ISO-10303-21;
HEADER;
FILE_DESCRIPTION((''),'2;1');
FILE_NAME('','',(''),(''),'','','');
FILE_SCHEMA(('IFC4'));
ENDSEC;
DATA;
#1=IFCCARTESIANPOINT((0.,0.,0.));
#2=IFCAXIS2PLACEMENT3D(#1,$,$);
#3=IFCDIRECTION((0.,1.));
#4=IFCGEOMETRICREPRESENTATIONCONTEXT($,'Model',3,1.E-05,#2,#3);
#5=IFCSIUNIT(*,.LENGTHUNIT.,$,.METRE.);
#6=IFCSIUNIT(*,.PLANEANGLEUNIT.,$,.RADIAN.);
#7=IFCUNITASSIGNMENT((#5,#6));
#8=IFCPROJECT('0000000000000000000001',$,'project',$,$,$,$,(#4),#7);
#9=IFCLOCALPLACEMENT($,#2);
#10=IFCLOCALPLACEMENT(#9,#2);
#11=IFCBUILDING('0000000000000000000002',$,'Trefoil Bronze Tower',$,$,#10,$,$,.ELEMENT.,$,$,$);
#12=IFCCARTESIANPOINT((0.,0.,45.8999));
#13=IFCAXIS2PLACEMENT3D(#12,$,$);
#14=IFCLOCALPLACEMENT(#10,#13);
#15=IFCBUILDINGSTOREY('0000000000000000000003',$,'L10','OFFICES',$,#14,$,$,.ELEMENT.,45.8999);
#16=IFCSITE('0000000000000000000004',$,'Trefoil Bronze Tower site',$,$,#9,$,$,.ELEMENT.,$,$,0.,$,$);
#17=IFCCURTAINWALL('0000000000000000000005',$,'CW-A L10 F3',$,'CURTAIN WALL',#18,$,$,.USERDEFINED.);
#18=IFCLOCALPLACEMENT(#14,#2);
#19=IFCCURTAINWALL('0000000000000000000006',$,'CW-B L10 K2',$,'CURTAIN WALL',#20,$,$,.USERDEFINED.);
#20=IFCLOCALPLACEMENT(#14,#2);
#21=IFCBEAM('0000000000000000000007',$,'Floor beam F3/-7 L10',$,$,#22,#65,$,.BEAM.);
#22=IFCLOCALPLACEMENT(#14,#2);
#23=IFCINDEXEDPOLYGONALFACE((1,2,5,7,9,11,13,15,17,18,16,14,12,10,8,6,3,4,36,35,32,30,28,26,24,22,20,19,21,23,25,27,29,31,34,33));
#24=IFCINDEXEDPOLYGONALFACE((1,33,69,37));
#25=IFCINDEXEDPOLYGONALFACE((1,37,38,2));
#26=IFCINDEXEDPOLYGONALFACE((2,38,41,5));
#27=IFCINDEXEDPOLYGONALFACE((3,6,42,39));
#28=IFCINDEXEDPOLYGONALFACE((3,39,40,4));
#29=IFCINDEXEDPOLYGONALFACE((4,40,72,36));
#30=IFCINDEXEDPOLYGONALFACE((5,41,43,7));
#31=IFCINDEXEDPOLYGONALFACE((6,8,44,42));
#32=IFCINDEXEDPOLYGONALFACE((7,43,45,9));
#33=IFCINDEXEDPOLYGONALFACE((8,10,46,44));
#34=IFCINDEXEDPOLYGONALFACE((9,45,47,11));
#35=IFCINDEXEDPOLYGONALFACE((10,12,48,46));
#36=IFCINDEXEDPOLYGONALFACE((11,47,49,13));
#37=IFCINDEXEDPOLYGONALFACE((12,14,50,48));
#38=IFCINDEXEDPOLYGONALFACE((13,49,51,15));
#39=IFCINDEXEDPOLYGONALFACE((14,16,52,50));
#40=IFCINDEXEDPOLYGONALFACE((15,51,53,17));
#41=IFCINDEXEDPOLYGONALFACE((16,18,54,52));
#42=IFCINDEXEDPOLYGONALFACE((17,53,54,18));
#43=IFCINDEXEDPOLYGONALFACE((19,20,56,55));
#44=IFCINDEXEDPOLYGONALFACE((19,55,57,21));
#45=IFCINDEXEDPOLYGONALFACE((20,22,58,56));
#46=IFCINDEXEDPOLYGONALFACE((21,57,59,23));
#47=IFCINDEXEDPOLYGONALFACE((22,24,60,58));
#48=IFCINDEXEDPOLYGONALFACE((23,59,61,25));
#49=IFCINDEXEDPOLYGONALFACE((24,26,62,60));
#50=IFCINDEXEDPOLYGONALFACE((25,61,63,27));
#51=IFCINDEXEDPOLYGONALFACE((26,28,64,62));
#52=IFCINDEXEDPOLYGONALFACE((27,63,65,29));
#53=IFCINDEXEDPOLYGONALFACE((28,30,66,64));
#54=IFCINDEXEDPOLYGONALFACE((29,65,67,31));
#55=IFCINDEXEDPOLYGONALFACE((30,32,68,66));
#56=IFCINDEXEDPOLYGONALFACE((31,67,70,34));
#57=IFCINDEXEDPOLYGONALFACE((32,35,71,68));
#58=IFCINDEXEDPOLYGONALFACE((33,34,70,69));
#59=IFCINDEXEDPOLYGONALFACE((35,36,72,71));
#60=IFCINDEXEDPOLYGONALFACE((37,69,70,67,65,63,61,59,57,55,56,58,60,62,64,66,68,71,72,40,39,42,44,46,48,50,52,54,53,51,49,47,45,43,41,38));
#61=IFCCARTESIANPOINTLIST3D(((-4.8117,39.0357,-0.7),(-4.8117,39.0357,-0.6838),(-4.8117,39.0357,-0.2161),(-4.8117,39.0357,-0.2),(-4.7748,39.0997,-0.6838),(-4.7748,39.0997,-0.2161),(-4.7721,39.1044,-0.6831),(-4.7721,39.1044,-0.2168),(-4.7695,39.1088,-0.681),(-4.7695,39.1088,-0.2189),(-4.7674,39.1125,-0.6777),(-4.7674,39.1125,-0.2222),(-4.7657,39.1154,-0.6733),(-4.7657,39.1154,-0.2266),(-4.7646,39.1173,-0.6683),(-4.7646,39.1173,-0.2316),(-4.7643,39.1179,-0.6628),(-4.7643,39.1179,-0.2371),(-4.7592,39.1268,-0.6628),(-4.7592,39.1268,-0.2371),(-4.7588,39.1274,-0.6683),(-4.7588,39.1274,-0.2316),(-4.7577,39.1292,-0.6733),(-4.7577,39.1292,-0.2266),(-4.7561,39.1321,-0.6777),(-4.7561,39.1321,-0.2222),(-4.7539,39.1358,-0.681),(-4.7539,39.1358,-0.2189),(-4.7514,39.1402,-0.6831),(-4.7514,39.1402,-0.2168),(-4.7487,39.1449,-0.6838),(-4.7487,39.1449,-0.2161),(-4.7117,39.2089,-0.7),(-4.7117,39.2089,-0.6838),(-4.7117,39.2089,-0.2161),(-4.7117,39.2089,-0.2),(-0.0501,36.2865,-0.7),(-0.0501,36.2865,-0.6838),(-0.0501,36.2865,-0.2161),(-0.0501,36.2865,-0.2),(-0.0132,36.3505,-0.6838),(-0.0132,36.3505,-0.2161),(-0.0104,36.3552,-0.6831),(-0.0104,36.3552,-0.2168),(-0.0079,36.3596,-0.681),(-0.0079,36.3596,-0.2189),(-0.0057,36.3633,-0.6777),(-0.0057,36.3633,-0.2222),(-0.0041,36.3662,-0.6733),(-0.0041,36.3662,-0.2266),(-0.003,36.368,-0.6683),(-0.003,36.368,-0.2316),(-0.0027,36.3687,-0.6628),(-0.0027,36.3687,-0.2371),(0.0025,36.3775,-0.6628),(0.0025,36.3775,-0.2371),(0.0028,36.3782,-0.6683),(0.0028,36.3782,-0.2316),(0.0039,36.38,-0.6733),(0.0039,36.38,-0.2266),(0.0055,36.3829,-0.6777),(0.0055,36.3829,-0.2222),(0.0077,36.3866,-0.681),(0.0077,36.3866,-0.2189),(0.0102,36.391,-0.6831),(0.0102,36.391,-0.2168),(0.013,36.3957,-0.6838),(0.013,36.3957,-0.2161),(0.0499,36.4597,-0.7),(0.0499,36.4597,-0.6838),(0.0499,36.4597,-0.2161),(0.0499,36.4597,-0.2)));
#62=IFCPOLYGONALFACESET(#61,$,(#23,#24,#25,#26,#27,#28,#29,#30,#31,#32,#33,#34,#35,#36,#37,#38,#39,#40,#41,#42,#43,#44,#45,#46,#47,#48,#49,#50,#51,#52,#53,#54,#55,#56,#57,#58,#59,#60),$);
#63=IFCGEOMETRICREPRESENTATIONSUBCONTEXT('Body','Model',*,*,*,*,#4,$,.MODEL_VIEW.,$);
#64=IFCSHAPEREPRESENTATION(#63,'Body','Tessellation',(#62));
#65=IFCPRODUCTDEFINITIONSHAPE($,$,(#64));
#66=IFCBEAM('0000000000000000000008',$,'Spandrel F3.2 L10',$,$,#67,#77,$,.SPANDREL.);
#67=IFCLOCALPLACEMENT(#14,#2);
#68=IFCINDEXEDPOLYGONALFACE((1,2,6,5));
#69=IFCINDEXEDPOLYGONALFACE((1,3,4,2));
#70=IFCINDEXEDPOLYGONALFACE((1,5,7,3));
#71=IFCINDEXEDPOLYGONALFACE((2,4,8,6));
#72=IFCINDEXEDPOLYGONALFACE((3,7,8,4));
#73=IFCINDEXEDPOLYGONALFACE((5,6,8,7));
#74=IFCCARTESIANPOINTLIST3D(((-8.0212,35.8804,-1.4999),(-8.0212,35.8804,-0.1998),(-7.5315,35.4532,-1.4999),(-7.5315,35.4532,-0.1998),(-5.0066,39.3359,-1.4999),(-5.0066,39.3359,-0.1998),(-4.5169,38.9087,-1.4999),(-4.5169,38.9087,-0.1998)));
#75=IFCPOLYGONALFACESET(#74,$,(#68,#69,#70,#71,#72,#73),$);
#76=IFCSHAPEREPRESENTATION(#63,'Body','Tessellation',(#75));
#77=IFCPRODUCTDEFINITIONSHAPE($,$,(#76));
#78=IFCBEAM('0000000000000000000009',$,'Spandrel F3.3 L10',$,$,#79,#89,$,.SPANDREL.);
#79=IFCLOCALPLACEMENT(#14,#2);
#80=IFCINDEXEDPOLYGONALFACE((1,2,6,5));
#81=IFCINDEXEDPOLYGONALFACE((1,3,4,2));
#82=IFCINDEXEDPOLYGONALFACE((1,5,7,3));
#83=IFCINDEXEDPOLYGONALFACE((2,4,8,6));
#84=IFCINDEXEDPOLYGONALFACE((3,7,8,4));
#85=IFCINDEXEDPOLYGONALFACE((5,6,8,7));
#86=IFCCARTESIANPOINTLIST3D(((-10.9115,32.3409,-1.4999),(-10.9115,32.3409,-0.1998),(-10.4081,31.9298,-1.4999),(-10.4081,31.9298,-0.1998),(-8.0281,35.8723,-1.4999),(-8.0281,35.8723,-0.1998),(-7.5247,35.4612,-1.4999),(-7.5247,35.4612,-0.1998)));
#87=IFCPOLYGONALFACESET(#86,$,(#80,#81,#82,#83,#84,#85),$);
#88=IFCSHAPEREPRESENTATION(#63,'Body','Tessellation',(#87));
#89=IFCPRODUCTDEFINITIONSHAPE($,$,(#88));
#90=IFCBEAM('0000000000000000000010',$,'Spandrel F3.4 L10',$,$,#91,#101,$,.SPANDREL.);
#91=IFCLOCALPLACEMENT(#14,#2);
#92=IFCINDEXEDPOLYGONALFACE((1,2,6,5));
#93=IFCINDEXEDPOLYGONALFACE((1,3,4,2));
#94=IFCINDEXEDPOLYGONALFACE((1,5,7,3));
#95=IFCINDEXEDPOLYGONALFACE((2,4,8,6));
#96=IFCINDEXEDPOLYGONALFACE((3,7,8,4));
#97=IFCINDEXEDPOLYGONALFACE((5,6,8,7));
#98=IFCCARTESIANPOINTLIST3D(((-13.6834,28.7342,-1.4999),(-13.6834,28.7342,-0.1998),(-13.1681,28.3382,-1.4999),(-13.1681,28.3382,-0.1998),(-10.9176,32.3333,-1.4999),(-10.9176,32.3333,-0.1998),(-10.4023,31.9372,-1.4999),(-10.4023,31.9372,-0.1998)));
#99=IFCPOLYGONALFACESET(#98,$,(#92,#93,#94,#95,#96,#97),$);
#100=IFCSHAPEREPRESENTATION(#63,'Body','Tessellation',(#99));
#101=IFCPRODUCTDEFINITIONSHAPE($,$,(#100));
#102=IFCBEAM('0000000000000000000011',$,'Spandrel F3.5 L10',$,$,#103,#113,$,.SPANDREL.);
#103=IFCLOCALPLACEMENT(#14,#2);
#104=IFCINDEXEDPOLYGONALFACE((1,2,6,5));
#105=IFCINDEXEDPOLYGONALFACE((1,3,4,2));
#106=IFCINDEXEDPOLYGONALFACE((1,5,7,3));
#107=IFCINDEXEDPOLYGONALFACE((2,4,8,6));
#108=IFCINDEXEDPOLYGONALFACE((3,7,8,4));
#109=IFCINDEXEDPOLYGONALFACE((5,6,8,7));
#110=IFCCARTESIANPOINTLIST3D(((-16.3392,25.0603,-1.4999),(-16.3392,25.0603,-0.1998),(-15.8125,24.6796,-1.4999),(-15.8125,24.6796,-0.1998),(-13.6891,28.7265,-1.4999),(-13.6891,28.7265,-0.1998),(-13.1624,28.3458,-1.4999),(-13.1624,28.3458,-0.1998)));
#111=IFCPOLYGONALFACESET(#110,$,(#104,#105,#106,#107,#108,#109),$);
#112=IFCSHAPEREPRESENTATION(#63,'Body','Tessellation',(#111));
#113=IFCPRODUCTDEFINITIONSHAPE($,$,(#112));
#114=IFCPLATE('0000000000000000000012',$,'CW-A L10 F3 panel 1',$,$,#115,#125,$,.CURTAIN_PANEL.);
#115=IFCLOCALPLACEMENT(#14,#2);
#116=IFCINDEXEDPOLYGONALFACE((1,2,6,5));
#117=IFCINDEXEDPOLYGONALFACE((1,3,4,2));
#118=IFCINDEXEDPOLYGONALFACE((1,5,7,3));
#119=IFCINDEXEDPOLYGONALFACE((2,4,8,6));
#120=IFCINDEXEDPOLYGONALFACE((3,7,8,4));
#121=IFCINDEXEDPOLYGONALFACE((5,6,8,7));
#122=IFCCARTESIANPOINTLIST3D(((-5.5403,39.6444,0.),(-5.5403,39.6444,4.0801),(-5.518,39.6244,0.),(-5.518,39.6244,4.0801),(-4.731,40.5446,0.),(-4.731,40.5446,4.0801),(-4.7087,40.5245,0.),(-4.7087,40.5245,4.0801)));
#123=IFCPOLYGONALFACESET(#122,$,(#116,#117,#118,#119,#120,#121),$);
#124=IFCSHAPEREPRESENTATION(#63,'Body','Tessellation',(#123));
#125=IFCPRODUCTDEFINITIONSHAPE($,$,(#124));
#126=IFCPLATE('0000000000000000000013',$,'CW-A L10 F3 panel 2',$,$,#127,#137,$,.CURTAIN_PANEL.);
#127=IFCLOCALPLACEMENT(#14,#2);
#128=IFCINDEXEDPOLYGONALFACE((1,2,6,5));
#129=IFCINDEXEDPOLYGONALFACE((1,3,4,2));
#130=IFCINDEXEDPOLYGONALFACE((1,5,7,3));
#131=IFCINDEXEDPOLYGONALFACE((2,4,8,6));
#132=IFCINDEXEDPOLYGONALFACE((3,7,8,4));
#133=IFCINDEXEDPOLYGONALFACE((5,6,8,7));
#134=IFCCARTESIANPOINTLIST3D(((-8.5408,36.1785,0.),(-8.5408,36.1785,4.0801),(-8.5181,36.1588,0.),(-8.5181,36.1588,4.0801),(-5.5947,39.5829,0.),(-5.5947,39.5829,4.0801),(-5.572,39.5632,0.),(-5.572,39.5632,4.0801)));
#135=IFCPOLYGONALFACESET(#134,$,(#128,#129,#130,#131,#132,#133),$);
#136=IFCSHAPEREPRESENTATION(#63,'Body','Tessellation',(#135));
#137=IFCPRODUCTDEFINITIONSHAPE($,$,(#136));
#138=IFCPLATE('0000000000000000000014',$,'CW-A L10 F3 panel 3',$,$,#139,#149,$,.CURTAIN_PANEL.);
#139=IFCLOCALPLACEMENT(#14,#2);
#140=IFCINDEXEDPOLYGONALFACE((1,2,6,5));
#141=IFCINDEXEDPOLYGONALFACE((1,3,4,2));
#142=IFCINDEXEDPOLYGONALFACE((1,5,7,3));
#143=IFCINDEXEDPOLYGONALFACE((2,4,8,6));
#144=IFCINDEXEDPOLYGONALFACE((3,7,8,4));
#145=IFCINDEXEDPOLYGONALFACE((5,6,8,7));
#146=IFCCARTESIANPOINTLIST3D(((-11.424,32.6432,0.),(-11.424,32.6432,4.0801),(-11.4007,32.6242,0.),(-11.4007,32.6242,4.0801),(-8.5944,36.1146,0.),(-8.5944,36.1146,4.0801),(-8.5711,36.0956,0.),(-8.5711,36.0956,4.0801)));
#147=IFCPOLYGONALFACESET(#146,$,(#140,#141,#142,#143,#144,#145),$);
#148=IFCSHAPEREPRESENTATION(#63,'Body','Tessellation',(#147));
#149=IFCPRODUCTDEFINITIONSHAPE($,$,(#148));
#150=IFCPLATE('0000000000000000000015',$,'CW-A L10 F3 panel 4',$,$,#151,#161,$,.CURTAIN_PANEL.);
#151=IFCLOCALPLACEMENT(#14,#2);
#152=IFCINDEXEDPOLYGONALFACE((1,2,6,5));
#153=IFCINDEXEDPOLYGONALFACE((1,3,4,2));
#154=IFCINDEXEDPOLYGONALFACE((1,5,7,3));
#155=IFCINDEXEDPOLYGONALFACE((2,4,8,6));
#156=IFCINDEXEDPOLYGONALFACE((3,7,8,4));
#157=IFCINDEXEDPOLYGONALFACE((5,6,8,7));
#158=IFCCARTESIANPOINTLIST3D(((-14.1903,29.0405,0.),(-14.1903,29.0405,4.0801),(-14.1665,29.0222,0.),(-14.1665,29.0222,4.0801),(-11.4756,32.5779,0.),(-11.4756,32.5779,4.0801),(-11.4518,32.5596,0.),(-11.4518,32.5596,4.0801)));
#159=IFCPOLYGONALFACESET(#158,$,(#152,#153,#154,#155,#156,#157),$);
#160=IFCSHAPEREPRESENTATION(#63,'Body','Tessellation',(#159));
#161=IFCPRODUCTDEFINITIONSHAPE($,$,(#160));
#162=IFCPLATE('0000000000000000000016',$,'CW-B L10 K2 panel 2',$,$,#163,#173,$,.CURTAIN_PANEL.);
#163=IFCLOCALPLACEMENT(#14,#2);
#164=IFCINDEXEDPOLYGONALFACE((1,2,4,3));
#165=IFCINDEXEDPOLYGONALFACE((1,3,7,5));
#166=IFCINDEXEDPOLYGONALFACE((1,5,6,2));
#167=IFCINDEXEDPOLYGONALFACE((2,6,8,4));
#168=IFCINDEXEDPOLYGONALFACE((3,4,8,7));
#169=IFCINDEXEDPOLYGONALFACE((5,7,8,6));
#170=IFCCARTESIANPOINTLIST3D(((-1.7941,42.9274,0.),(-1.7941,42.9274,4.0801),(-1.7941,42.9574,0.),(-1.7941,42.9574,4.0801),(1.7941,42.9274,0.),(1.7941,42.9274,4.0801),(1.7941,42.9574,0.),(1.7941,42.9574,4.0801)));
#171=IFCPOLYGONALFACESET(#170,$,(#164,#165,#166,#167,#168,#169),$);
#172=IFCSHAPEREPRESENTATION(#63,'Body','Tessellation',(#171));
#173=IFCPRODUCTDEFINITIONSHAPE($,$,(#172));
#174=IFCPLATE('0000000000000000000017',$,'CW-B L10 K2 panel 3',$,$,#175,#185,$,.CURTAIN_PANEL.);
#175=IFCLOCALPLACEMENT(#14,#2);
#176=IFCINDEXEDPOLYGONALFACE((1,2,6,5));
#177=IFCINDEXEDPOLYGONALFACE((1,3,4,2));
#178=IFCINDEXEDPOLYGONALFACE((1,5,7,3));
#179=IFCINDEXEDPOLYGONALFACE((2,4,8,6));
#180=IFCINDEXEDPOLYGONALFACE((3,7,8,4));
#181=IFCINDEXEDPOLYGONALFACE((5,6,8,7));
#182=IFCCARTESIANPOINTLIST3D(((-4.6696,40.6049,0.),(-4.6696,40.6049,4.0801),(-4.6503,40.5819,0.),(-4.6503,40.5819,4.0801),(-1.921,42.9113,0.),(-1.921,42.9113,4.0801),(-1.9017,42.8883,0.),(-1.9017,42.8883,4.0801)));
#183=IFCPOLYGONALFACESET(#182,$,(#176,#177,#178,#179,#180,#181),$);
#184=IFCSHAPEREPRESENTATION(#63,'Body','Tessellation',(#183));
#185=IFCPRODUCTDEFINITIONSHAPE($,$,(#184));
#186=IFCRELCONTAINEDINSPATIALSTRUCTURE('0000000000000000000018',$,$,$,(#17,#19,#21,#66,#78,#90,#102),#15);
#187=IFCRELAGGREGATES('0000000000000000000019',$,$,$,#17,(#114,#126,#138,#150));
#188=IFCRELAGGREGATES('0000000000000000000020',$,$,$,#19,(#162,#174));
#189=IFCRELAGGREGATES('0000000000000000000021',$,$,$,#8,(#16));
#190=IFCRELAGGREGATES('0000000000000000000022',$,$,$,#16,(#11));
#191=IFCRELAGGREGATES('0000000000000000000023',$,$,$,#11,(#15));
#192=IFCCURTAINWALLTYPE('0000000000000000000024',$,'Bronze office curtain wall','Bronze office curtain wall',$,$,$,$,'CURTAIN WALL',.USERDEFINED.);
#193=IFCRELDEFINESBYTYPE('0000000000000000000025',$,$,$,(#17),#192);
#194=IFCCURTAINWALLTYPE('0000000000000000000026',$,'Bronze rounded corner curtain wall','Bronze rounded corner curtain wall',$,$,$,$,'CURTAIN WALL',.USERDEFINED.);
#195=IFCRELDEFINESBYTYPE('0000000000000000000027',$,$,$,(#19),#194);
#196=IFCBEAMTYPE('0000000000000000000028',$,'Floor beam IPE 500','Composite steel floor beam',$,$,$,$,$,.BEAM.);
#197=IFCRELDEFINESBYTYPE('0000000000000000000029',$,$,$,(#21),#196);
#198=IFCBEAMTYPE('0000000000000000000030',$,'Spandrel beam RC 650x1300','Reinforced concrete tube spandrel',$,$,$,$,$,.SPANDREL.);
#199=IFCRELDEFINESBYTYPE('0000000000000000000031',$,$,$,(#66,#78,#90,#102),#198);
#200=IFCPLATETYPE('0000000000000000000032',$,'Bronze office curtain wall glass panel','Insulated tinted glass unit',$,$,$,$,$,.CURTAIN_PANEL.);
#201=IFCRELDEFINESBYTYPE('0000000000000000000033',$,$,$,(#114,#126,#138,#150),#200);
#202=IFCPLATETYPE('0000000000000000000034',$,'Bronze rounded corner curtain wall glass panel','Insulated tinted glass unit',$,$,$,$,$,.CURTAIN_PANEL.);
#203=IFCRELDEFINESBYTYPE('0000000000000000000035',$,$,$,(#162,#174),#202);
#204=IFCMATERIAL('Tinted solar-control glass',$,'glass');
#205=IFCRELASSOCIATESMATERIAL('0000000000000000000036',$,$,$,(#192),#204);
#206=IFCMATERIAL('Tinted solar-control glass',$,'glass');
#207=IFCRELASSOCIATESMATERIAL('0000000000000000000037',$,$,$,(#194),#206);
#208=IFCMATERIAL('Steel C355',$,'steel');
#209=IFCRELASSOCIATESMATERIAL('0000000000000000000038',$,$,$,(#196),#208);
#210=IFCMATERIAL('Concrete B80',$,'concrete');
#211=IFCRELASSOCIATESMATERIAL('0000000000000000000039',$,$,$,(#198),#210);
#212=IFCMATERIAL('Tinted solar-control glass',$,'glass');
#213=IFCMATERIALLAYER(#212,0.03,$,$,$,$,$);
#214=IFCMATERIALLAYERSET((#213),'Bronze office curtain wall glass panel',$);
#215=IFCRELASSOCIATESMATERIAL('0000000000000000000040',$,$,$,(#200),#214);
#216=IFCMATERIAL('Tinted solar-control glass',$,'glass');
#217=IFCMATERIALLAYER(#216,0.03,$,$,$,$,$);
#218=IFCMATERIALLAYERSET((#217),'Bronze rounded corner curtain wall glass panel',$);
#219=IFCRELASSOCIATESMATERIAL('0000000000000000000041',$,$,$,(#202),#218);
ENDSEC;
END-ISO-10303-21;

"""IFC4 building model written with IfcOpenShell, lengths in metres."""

from ifc_helpers import new_model, si_unit, direction, frame, origin, origin_2d, place, context, subcontext, project, spatial, rectangle, i_section, extrude, material, layer, layer_set, material_profile, profile_set, type_object, element, aggregate, save


model = new_model("IFC4")

# Units and contexts
model_context = context("Model", 3, precision=1e-05, world=origin(), true_north=direction((0.0, 1.0)))
body_context = subcontext(model_context, "Body", "Model", "MODEL_VIEW")
ifc_project = project(units=[si_unit("LENGTHUNIT", "METRE"), si_unit("PLANEANGLEUNIT", "RADIAN")], contexts=[model_context])

# Site, building, storey
site_placement = place(None, origin())
site = spatial("IfcSite", under=ifc_project, at=site_placement, Name="Trefoil Bronze Tower site", CompositionType="ELEMENT", RefElevation=0.0)
building_placement = place(site_placement, origin())
building = spatial("IfcBuilding", under=site, at=building_placement, Name="Trefoil Bronze Tower", CompositionType="ELEMENT")
storey_placement = place(building_placement, frame((0.0, 0.0, 45.8999)))
storey = spatial("IfcBuildingStorey", under=building, at=storey_placement, Name="L10", Description="OFFICES", CompositionType="ELEMENT", Elevation=45.8999)

# Curtain walls
ifc_material_1 = material(Name="Tinted solar-control glass", Category="glass")
curtain_wall_type_1 = type_object("IfcCurtainWallType", Name="Bronze office curtain wall", Description="Bronze office curtain wall", ElementType="CURTAIN WALL", PredefinedType="USERDEFINED", material=ifc_material_1)
curtain_wall_1_placement = place(storey_placement, origin())
curtain_wall_1 = element("IfcCurtainWall", 1, at=curtain_wall_1_placement, inside=storey, type_object=curtain_wall_type_1, Name="CW-A L10 F3", ObjectType="CURTAIN WALL", PredefinedType="USERDEFINED")
ifc_material_2 = material(Name="Tinted solar-control glass", Category="glass")
curtain_wall_type_2 = type_object("IfcCurtainWallType", Name="Bronze rounded corner curtain wall", Description="Bronze rounded corner curtain wall", ElementType="CURTAIN WALL", PredefinedType="USERDEFINED", material=ifc_material_2)
curtain_wall_2_placement = place(storey_placement, origin())
curtain_wall_2 = element("IfcCurtainWall", 2, at=curtain_wall_2_placement, inside=storey, type_object=curtain_wall_type_2, Name="CW-B L10 K2", ObjectType="CURTAIN WALL", PredefinedType="USERDEFINED")

# Beams
ifc_material_3 = material(Name="Steel C355", Category="steel")
ifc_material_profile_1 = material_profile(ifc_material_3, i_section(OverallWidth=0.2, OverallDepth=0.5, WebThickness=0.0103, FlangeThickness=0.0161, FilletRadius=0.021, at=origin_2d()), Name="IPE 500")
ifc_profile_set_1 = profile_set([ifc_material_profile_1], Name="Steel C355")
beam_type_1 = type_object("IfcBeamType", Name="Floor beam IPE 500", Description="Composite steel floor beam", PredefinedType="BEAM", material=ifc_profile_set_1)
beam_1_placement = place(storey_placement, frame((-4.7617, 39.1223, -0.45), z_axis=(0.866018, -0.500012, 0.0), x_axis=(0.500012, 0.866018, 0.0)))
element("IfcBeam", 3, at=beam_1_placement, inside=storey, type_object=beam_type_1, Name="Floor beam F3/-7 L10", PredefinedType="BEAM", context=body_context, shape_type="SweptSolid", body=[
    extrude(i_section(OverallWidth=0.2, OverallDepth=0.5, WebThickness=0.0103, FlangeThickness=0.0161, FilletRadius=0.021, at=origin_2d()), origin(), (0.0, 0.0, 1.0), 5.4983),
])
ifc_material_4 = material(Name="Concrete B80", Category="concrete")
ifc_material_profile_2 = material_profile(ifc_material_4, rectangle(XDim=0.6499, YDim=1.3, at=origin_2d()), Name="RC 650x1300")
ifc_profile_set_2 = profile_set([ifc_material_profile_2], Name="Concrete B80")
beam_type_2 = type_object("IfcBeamType", Name="Spandrel beam RC 650x1300", Description="Reinforced concrete tube spandrel", PredefinedType="SPANDREL", material=ifc_profile_set_2)
beam_2_placement = place(storey_placement, frame((-4.7617, 39.1223, -0.8499), z_axis=(-0.657396, -0.753545, 0.0), x_axis=(0.753545, -0.657396, 0.0)))
element("IfcBeam", 4, at=beam_2_placement, inside=storey, type_object=beam_type_2, Name="Spandrel F3.2 L10", PredefinedType="SPANDREL", context=body_context, shape_type="SweptSolid", body=[
    extrude(rectangle(XDim=0.6499, YDim=1.3, at=origin_2d()), origin(), (0.0, 0.0, 1.0), 4.5857),
])
beam_3_placement = place(storey_placement, frame((-7.7764, 35.6667, -0.8499), z_axis=(-0.632468, -0.774587, 0.0), x_axis=(0.774587, -0.632468, 0.0)))
element("IfcBeam", 5, at=beam_3_placement, inside=storey, type_object=beam_type_2, Name="Spandrel F3.3 L10", PredefinedType="SPANDREL", context=body_context, shape_type="SweptSolid", body=[
    extrude(rectangle(XDim=0.6499, YDim=1.3, at=origin_2d()), origin(), (0.0, 0.0, 1.0), 4.5591),
])
beam_4_placement = place(storey_placement, frame((-10.6599, 32.1353, -0.8499), z_axis=(-0.609339, -0.79291, 0.0), x_axis=(0.79291, -0.609339, 0.0)))
element("IfcBeam", 6, at=beam_4_placement, inside=storey, type_object=beam_type_2, Name="Spandrel F3.4 L10", PredefinedType="SPANDREL", context=body_context, shape_type="SweptSolid", body=[
    extrude(rectangle(XDim=0.6499, YDim=1.3, at=origin_2d()), origin(), (0.0, 0.0, 1.0), 4.5391),
])
beam_5_placement = place(storey_placement, frame((-13.4258, 28.5361, -0.8499), z_axis=(-0.585824, -0.810439, 0.0), x_axis=(0.810439, -0.585824, 0.0)))
element("IfcBeam", 7, at=beam_5_placement, inside=storey, type_object=beam_type_2, Name="Spandrel F3.5 L10", PredefinedType="SPANDREL", context=body_context, shape_type="SweptSolid", body=[
    extrude(rectangle(XDim=0.6499, YDim=1.3, at=origin_2d()), origin(), (0.0, 0.0, 1.0), 4.5237),
])

# Plates
ifc_material_5 = material(Name="Tinted solar-control glass", Category="glass")
ifc_layer_1 = layer(ifc_material_5, 0.03)
ifc_layer_set_1 = layer_set([ifc_layer_1], Name="Bronze office curtain wall glass panel")
plate_type_1 = type_object("IfcPlateType", Name="Bronze office curtain wall glass panel", Description="Insulated tinted glass unit", PredefinedType="CURTAIN_PANEL", material=ifc_layer_set_1)
plate_1_placement = place(storey_placement, frame((-5.1245, 40.0845, 0.0), z_axis=(0.0, 0.0, 1.0), x_axis=(-0.668575, -0.743645, 0.0)))
plate_1 = element("IfcPlate", 8, at=plate_1_placement, type_object=plate_type_1, Name="CW-A L10 F3 panel 1", PredefinedType="CURTAIN_PANEL", context=body_context, shape_type="SweptSolid", body=[
    extrude(rectangle(XDim=1.2104, YDim=0.03, at=origin_2d()), origin(), (0.0, 0.0, 1.0), 4.0801),
])
plate_2_placement = place(storey_placement, frame((-7.0564, 37.8708, 0.0), z_axis=(0.0, 0.0, 1.0), x_axis=(-0.654376, -0.756169, 0.0)))
plate_2 = element("IfcPlate", 9, at=plate_2_placement, type_object=plate_type_1, Name="CW-A L10 F3 panel 2", PredefinedType="CURTAIN_PANEL", context=body_context, shape_type="SweptSolid", body=[
    extrude(rectangle(XDim=4.5022, YDim=0.03, at=origin_2d()), origin(), (0.0, 0.0, 1.0), 4.0801),
])
plate_3_placement = place(storey_placement, frame((-9.9976, 34.3694, 0.0), z_axis=(0.0, 0.0, 1.0), x_axis=(-0.631811, -0.775123, 0.0)))
plate_3 = element("IfcPlate", 10, at=plate_3_placement, type_object=plate_type_1, Name="CW-A L10 F3 panel 3", PredefinedType="CURTAIN_PANEL", context=body_context, shape_type="SweptSolid", body=[
    extrude(rectangle(XDim=4.4785, YDim=0.03, at=origin_2d()), origin(), (0.0, 0.0, 1.0), 4.0801),
])
plate_4_placement = place(storey_placement, frame((-12.821, 30.8, 0.0), z_axis=(0.0, 0.0, 1.0), x_axis=(-0.608808, -0.793318, 0.0)))
plate_4 = element("IfcPlate", 11, at=plate_4_placement, type_object=plate_type_1, Name="CW-A L10 F3 panel 4", PredefinedType="CURTAIN_PANEL", context=body_context, shape_type="SweptSolid", body=[
    extrude(rectangle(XDim=4.459, YDim=0.03, at=origin_2d()), origin(), (0.0, 0.0, 1.0), 4.0801),
])
aggregate(curtain_wall_1, [plate_1, plate_2, plate_3, plate_4])
ifc_material_6 = material(Name="Tinted solar-control glass", Category="glass")
ifc_layer_2 = layer(ifc_material_6, 0.03)
ifc_layer_set_2 = layer_set([ifc_layer_2], Name="Bronze rounded corner curtain wall glass panel")
plate_type_2 = type_object("IfcPlateType", Name="Bronze rounded corner curtain wall glass panel", Description="Insulated tinted glass unit", PredefinedType="CURTAIN_PANEL", material=ifc_layer_set_2)
plate_5_placement = place(storey_placement, frame((0.0, 42.9424, 0.0), z_axis=(0.0, 0.0, 1.0), x_axis=(-1.0, 0.0, 0.0)))
plate_5 = element("IfcPlate", 12, at=plate_5_placement, type_object=plate_type_2, Name="CW-B L10 K2 panel 2", PredefinedType="CURTAIN_PANEL", context=body_context, shape_type="SweptSolid", body=[
    extrude(rectangle(XDim=3.5881, YDim=0.03, at=origin_2d()), origin(), (0.0, 0.0, 1.0), 4.0801),
])
plate_6_placement = place(storey_placement, frame((-3.2856, 41.7466, 0.0), z_axis=(0.0, 0.0, 1.0), x_axis=(-0.766044, -0.642788, 0.0)))
plate_6 = element("IfcPlate", 13, at=plate_6_placement, type_object=plate_type_2, Name="CW-B L10 K2 panel 3", PredefinedType="CURTAIN_PANEL", context=body_context, shape_type="SweptSolid", body=[
    extrude(rectangle(XDim=3.5881, YDim=0.03, at=origin_2d()), origin(), (0.0, 0.0, 1.0), 4.0801),
])
aggregate(curtain_wall_2, [plate_5, plate_6])

save(model, "model.ifc")
